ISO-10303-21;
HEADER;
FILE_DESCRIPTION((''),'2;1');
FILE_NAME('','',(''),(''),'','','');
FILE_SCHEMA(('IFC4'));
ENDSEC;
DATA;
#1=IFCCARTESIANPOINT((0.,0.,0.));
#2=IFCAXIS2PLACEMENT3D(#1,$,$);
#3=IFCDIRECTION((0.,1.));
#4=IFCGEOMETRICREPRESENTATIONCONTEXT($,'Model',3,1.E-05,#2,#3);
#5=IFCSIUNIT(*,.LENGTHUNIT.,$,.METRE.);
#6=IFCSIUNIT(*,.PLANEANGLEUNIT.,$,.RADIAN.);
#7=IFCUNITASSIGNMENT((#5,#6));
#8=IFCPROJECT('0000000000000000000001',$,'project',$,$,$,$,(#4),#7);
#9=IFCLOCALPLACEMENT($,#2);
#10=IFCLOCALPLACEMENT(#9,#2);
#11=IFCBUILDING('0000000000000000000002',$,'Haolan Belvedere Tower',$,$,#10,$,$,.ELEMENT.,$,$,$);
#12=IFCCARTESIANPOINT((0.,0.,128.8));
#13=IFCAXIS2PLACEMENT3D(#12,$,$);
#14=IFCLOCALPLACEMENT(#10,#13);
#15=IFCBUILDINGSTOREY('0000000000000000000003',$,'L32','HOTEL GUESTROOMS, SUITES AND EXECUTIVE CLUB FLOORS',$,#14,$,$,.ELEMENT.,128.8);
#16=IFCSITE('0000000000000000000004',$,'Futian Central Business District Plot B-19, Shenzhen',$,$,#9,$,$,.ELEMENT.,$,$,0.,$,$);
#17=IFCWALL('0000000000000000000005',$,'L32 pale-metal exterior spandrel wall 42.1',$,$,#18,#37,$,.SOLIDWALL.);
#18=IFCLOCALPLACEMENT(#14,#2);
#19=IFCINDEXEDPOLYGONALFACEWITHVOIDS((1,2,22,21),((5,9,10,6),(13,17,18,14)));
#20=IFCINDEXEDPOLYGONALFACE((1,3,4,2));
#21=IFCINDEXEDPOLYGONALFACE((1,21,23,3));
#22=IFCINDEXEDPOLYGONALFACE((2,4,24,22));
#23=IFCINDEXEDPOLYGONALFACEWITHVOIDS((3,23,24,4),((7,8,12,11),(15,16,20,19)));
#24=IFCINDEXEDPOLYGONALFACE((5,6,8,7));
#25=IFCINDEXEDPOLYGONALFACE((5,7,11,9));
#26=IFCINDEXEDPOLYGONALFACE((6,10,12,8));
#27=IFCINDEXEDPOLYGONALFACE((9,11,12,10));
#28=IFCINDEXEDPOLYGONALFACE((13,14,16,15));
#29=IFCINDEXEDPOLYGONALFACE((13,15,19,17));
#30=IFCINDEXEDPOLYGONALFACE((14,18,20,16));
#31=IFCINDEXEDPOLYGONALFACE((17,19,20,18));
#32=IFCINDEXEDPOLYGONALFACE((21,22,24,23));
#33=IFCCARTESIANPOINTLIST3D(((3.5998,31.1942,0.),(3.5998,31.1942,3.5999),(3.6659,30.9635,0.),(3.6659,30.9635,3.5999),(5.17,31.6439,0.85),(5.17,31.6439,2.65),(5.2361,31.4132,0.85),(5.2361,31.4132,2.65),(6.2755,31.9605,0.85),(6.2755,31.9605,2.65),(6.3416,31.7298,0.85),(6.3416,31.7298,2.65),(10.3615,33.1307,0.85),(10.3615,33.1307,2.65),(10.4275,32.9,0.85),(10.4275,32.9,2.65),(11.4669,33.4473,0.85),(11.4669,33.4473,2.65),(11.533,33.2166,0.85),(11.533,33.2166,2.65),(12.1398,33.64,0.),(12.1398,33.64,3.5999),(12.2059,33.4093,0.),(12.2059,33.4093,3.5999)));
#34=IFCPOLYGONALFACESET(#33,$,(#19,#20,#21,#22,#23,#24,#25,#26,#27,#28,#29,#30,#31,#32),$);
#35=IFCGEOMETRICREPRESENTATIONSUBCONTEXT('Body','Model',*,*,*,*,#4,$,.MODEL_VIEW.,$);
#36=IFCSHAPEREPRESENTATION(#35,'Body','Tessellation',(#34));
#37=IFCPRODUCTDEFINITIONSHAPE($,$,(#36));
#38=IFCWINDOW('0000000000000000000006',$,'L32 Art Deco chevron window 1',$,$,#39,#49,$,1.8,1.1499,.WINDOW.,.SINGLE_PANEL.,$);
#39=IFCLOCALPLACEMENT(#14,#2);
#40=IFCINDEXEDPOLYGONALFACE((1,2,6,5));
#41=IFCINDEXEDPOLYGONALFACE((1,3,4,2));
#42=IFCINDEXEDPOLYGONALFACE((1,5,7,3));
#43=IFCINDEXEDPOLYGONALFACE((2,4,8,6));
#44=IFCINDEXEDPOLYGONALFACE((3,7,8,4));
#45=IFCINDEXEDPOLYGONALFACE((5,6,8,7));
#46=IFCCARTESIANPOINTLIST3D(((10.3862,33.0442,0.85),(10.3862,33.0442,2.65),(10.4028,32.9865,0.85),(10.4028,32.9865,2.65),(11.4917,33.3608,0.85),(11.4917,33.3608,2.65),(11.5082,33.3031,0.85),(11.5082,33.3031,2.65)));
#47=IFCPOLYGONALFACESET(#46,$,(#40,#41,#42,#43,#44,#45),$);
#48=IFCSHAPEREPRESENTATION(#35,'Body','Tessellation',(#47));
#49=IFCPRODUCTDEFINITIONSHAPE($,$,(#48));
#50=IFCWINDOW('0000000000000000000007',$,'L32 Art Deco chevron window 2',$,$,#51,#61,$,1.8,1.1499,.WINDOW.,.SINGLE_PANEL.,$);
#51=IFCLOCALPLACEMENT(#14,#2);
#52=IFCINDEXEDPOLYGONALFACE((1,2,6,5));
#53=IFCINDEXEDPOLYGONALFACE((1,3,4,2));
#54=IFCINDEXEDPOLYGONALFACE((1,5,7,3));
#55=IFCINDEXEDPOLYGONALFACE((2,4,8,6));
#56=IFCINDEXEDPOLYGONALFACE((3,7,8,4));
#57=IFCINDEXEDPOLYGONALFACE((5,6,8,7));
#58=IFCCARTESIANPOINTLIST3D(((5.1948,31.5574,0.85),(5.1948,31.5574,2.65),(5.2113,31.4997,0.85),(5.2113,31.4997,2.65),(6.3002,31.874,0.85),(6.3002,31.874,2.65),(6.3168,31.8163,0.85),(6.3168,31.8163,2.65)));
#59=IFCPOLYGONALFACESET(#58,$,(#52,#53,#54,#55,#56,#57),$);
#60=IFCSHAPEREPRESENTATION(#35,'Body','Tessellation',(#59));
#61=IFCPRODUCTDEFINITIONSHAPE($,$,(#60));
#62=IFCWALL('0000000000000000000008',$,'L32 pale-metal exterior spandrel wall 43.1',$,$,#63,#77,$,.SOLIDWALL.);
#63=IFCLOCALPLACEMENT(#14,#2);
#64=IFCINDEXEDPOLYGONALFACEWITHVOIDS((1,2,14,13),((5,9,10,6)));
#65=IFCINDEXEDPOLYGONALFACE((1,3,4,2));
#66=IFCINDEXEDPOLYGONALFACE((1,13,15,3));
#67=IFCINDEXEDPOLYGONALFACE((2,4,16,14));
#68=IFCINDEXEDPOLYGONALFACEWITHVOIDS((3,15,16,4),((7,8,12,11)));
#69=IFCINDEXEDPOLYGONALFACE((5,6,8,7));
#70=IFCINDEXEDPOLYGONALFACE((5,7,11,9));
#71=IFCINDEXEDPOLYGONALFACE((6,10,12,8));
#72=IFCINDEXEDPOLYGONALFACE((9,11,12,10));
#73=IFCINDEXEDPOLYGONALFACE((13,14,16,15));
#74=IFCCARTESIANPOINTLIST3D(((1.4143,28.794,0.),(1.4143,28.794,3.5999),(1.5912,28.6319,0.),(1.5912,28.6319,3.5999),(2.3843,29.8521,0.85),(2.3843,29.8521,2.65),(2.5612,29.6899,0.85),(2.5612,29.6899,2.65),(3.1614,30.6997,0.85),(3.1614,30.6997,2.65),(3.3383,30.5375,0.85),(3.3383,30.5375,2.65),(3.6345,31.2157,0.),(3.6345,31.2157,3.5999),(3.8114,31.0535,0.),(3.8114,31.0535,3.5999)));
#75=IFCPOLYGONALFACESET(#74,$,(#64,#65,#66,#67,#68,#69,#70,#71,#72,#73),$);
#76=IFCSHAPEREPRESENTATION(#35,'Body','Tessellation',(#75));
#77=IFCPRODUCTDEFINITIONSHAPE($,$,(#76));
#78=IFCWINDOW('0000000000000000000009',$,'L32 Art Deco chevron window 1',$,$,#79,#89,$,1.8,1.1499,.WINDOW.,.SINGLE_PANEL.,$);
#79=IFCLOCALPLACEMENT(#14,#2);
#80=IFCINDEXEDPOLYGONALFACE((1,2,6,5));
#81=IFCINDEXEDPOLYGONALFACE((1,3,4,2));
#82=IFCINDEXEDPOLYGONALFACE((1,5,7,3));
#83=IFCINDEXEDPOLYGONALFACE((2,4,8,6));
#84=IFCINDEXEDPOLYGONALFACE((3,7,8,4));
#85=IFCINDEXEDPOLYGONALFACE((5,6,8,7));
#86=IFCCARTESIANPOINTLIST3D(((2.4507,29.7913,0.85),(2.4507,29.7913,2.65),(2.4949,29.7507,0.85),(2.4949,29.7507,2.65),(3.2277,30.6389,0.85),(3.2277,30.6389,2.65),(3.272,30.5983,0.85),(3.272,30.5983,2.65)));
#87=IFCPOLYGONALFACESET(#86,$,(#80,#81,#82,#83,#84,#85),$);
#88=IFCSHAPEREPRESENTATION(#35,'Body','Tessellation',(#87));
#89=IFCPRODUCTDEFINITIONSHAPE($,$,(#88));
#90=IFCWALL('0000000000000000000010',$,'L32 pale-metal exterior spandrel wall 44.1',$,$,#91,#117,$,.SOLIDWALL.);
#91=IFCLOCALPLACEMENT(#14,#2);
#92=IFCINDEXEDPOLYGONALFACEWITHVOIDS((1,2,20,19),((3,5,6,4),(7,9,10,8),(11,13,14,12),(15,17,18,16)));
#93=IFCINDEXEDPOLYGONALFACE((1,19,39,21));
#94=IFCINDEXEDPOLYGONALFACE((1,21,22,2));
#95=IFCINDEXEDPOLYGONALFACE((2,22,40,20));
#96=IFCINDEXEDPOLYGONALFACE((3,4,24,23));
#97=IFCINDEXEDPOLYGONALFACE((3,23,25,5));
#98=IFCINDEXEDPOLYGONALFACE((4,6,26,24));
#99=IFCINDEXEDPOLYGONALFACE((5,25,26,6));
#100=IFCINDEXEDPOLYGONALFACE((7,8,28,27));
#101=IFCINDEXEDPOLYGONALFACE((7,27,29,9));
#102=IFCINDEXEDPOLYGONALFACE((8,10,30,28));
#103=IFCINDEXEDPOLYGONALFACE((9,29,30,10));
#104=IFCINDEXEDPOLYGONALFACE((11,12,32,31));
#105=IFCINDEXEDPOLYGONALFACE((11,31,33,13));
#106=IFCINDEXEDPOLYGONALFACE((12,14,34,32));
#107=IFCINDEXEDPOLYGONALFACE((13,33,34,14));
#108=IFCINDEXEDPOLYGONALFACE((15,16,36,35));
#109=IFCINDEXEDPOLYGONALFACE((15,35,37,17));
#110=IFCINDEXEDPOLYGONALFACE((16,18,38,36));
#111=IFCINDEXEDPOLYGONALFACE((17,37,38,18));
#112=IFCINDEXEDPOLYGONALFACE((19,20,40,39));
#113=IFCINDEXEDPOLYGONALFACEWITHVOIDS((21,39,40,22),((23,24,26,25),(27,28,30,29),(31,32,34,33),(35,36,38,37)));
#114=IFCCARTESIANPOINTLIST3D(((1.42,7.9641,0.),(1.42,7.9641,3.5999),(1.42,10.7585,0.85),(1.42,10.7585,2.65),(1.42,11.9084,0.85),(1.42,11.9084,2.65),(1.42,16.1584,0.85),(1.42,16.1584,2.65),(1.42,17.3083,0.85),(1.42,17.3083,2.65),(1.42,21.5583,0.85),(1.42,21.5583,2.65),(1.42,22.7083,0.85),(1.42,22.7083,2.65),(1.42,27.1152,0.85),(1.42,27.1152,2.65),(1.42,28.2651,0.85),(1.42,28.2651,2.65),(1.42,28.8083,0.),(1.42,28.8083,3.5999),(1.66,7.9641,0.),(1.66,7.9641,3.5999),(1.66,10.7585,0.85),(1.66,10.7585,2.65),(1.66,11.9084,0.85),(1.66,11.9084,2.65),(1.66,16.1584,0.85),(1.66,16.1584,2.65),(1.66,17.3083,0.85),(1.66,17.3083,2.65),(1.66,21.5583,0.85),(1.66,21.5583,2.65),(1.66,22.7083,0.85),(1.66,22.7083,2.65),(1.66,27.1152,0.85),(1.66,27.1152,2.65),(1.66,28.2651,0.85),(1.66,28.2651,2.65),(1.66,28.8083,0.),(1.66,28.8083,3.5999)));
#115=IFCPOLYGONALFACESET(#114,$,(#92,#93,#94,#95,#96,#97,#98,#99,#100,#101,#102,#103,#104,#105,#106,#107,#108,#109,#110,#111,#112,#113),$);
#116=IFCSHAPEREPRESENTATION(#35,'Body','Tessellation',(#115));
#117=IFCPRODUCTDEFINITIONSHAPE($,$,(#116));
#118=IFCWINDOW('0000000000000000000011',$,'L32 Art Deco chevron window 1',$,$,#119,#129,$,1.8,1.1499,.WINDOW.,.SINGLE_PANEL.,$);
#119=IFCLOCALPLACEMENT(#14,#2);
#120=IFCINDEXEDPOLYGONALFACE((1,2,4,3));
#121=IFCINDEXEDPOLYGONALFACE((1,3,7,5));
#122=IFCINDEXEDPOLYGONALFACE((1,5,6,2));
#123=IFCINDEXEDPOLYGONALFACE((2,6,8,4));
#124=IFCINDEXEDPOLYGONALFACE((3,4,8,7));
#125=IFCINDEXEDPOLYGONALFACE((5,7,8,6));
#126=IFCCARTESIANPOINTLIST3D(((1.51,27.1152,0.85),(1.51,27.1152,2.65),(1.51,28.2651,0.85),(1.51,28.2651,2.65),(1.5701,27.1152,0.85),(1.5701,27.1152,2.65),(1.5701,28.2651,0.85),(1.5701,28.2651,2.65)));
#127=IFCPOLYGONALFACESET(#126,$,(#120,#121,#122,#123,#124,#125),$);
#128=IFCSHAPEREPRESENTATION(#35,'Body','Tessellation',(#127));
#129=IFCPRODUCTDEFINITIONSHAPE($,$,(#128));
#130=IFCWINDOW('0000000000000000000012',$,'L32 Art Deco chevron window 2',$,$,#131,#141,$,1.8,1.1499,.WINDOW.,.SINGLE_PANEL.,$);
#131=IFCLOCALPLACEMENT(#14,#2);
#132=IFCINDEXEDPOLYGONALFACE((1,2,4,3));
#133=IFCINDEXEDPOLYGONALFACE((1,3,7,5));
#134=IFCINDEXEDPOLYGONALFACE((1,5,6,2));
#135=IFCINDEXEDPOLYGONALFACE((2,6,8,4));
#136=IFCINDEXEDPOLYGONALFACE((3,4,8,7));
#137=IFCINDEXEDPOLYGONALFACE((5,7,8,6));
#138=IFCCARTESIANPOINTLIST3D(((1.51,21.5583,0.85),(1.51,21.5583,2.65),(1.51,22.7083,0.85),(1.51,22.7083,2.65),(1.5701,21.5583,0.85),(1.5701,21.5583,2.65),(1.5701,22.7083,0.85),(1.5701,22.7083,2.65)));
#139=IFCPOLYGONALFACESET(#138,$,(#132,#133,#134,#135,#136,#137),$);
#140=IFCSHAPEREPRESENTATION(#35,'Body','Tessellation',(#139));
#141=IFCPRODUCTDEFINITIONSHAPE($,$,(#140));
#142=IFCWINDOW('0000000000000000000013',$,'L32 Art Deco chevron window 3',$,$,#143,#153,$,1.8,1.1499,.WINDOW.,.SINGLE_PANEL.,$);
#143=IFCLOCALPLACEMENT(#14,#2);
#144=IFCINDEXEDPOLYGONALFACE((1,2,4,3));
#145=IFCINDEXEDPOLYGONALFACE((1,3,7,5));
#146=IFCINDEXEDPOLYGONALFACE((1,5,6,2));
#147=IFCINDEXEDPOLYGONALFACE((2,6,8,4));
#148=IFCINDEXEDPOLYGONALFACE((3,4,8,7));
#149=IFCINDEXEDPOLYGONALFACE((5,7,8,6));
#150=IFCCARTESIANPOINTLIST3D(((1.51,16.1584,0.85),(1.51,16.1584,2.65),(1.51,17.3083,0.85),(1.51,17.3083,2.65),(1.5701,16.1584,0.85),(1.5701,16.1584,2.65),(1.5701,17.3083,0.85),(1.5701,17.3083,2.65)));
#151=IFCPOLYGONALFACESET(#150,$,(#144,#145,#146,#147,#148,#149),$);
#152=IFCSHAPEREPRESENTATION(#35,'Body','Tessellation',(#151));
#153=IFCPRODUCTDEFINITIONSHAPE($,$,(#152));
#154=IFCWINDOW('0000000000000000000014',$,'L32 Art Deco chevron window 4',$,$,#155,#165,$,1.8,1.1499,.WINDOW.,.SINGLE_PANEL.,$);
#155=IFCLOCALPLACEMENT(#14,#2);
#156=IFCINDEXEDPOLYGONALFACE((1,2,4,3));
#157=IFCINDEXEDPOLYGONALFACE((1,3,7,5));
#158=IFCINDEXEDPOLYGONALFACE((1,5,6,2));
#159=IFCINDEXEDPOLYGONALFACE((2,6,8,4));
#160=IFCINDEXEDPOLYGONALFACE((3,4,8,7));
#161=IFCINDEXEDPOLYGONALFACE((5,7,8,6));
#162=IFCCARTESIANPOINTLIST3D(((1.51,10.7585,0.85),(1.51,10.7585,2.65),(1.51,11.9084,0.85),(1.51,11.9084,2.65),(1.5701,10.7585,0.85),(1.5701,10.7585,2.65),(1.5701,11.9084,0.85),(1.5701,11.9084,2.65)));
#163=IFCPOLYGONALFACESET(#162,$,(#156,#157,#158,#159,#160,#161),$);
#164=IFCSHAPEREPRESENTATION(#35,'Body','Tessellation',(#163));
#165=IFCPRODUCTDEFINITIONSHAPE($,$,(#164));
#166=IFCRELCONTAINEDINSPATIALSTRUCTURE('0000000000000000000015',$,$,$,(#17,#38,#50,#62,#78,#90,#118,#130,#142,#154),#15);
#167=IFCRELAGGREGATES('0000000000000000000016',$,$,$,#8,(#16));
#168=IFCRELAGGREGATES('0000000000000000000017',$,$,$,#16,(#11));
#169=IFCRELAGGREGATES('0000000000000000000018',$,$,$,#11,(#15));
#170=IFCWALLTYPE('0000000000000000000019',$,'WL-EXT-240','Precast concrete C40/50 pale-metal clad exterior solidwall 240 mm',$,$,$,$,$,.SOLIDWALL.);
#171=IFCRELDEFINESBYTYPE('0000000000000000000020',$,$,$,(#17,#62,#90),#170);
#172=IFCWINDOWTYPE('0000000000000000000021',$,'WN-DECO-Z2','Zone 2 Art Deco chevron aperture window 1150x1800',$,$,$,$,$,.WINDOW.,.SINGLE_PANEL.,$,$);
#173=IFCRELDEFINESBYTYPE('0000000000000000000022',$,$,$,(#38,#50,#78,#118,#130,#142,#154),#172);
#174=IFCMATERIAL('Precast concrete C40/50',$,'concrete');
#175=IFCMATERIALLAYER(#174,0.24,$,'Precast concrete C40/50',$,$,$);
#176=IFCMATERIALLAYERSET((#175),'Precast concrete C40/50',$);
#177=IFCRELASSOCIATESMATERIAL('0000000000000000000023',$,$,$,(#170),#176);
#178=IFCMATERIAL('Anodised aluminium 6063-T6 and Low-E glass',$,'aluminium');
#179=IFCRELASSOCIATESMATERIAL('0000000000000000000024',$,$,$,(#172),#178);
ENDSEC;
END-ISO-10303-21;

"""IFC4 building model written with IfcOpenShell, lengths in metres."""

from ifc_helpers import new_model, si_unit, direction, frame, frame_2d, origin, place, context, subcontext, project, spatial, rectangle, extrude, material, layer, layer_set, type_object, element, fill, save


model = new_model("IFC4")

# Units and contexts
model_context = context("Model", 3, precision=1e-05, world=origin(), true_north=direction((0.0, 1.0)))
body_context = subcontext(model_context, "Body", "Model", "MODEL_VIEW")
ifc_project = project(units=[si_unit("LENGTHUNIT", "METRE"), si_unit("PLANEANGLEUNIT", "RADIAN")], contexts=[model_context])

# Site, building, storey
site_placement = place(None, origin())
site = spatial("IfcSite", under=ifc_project, at=site_placement, Name="Futian Central Business District Plot B-19, Shenzhen", CompositionType="ELEMENT", RefElevation=0.0)
building_placement = place(site_placement, origin())
building = spatial("IfcBuilding", under=site, at=building_placement, Name="Haolan Belvedere Tower", CompositionType="ELEMENT")
storey_placement = place(building_placement, frame((0.0, 0.0, 128.8)))
storey = spatial("IfcBuildingStorey", under=building, at=storey_placement, Name="L32", Description="HOTEL GUESTROOMS, SUITES AND EXECUTIVE CLUB FLOORS", CompositionType="ELEMENT", Elevation=128.8)

# Shared definitions
ifc_material_1 = material(Name="Precast concrete C40/50", Category="concrete")
ifc_layer_1 = layer(ifc_material_1, 0.24, Name="Precast concrete C40/50")
ifc_layer_set_1 = layer_set([ifc_layer_1], Name="Precast concrete C40/50")
wall_type_1 = type_object("IfcWallType", Name="WL-EXT-240", Description="Precast concrete C40/50 pale-metal clad exterior solidwall 240 mm", PredefinedType="SOLIDWALL", material=ifc_layer_set_1)
ifc_material_2 = material(Name="Anodised aluminium 6063-T6 and Low-E glass", Category="aluminium")
window_type = type_object("IfcWindowType", Name="WN-DECO-Z2", Description="Zone 2 Art Deco chevron aperture window 1150x1800", PartitioningType="SINGLE_PANEL", PredefinedType="WINDOW", material=ifc_material_2)

# Wall, openings, windows
wall_1_placement = place(storey_placement, frame((12.1729, 33.5247, 0.0), z_axis=(0.0, 0.0, 1.0), x_axis=(-0.961352, -0.275324, 0.0)))
wall_1 = element("IfcWall", 1, at=wall_1_placement, inside=storey, type_object=wall_type_1, Name="L32 pale-metal exterior spandrel wall 42.1", PredefinedType="SOLIDWALL", context=body_context, shape_type="SweptSolid", body=[
    extrude(rectangle(XDim=8.8833, YDim=0.24, at=frame_2d((4.4417, 0.0))), origin(), (0.0, 0.0, 1.0), 3.5999),
])
opening_1_placement = place(wall_1_placement, frame((0.7, 0.0, 0.8501)))
opening_1 = element("IfcOpeningElement", 2, at=opening_1_placement, cuts=wall_1, PredefinedType="OPENING", context=body_context, shape_type="SweptSolid", body=[
    extrude(rectangle(XDim=1.1499, YDim=1.8, at=frame_2d((0.575, 0.8999))), frame((0.0, 0.1299, 0.0), z_axis=(0.0, -1.0, 0.0), x_axis=(1.0, 0.0, 0.0)), (0.0, 0.0, 1.0), 0.26),
])
opening_2_placement = place(wall_1_placement, frame((6.1001, 0.0, 0.8501)))
opening_2 = element("IfcOpeningElement", 3, at=opening_2_placement, cuts=wall_1, PredefinedType="OPENING", context=body_context, shape_type="SweptSolid", body=[
    extrude(rectangle(XDim=1.1499, YDim=1.8, at=frame_2d((0.575, 0.8999))), frame((0.0, 0.1299, 0.0), z_axis=(0.0, -1.0, 0.0), x_axis=(1.0, 0.0, 0.0)), (0.0, 0.0, 1.0), 0.26),
])
window_1_placement = place(opening_1_placement, origin())
window_1 = element("IfcWindow", 4, at=window_1_placement, inside=storey, type_object=window_type, Name="L32 Art Deco chevron window 1", OverallHeight=1.8, OverallWidth=1.1499, PartitioningType="SINGLE_PANEL", PredefinedType="WINDOW", context=body_context, shape_type="SweptSolid", body=[
    extrude(rectangle(XDim=1.1499, YDim=1.8, at=frame_2d((0.575, 0.8999))), frame((0.0, 0.03, 0.0), z_axis=(0.0, -1.0, 0.0), x_axis=(1.0, 0.0, 0.0)), (0.0, 0.0, 1.0), 0.0601),
])
fill(opening_1, window_1)
window_2_placement = place(opening_2_placement, origin())
window_2 = element("IfcWindow", 5, at=window_2_placement, inside=storey, type_object=window_type, Name="L32 Art Deco chevron window 2", OverallHeight=1.8, OverallWidth=1.1499, PartitioningType="SINGLE_PANEL", PredefinedType="WINDOW", context=body_context, shape_type="SweptSolid", body=[
    extrude(rectangle(XDim=1.1499, YDim=1.8, at=frame_2d((0.575, 0.8999))), frame((0.0, 0.03, 0.0), z_axis=(0.0, -1.0, 0.0), x_axis=(1.0, 0.0, 0.0)), (0.0, 0.0, 1.0), 0.0601),
])
fill(opening_2, window_2)

# Wall, opening, window
wall_2_placement = place(storey_placement, frame((3.7229, 31.1345, 0.0), z_axis=(0.0, 0.0, 1.0), x_axis=(-0.675789, -0.737096, 0.0)))
wall_2 = element("IfcWall", 6, at=wall_2_placement, inside=storey, type_object=wall_type_1, Name="L32 pale-metal exterior spandrel wall 43.1", PredefinedType="SOLIDWALL", context=body_context, shape_type="SweptSolid", body=[
    extrude(rectangle(XDim=3.2854, YDim=0.24, at=frame_2d((1.6426, 0.0))), origin(), (0.0, 0.0, 1.0), 3.5999),
])
opening_3_placement = place(wall_2_placement, frame((0.7, 0.0, 0.8501)))
opening_3 = element("IfcOpeningElement", 7, at=opening_3_placement, cuts=wall_2, PredefinedType="OPENING", context=body_context, shape_type="SweptSolid", body=[
    extrude(rectangle(XDim=1.1499, YDim=1.8, at=frame_2d((0.575, 0.8999))), frame((0.0, 0.1299, 0.0), z_axis=(0.0, -1.0, 0.0), x_axis=(1.0, 0.0, 0.0)), (0.0, 0.0, 1.0), 0.26),
])
window_3_placement = place(opening_3_placement, origin())
window_3 = element("IfcWindow", 8, at=window_3_placement, inside=storey, type_object=window_type, Name="L32 Art Deco chevron window 1", OverallHeight=1.8, OverallWidth=1.1499, PartitioningType="SINGLE_PANEL", PredefinedType="WINDOW", context=body_context, shape_type="SweptSolid", body=[
    extrude(rectangle(XDim=1.1499, YDim=1.8, at=frame_2d((0.575, 0.8999))), frame((0.0, 0.03, 0.0), z_axis=(0.0, -1.0, 0.0), x_axis=(1.0, 0.0, 0.0)), (0.0, 0.0, 1.0), 0.0601),
])
fill(opening_3, window_3)

# Wall, openings, windows
wall_3_placement = place(storey_placement, frame((1.54, 28.8083, 0.0), z_axis=(0.0, 0.0, 1.0), x_axis=(0.0, -1.0, 0.0)))
wall_3 = element("IfcWall", 9, at=wall_3_placement, inside=storey, type_object=wall_type_1, Name="L32 pale-metal exterior spandrel wall 44.1", PredefinedType="SOLIDWALL", context=body_context, shape_type="SweptSolid", body=[
    extrude(rectangle(XDim=20.8442, YDim=0.24, at=frame_2d((10.4221, 0.0))), origin(), (0.0, 0.0, 1.0), 3.5999),
])
opening_4_placement = place(wall_3_placement, frame((0.5432, 0.0, 0.8501)))
opening_4 = element("IfcOpeningElement", 10, at=opening_4_placement, cuts=wall_3, PredefinedType="OPENING", context=body_context, shape_type="SweptSolid", body=[
    extrude(rectangle(XDim=1.1499, YDim=1.8, at=frame_2d((0.575, 0.8999))), frame((0.0, 0.1299, 0.0), z_axis=(0.0, -1.0, 0.0), x_axis=(1.0, 0.0, 0.0)), (0.0, 0.0, 1.0), 0.26),
])
opening_5_placement = place(wall_3_placement, frame((6.1001, 0.0, 0.8501)))
opening_5 = element("IfcOpeningElement", 11, at=opening_5_placement, cuts=wall_3, PredefinedType="OPENING", context=body_context, shape_type="SweptSolid", body=[
    extrude(rectangle(XDim=1.1499, YDim=1.8, at=frame_2d((0.575, 0.8999))), frame((0.0, 0.1299, 0.0), z_axis=(0.0, -1.0, 0.0), x_axis=(1.0, 0.0, 0.0)), (0.0, 0.0, 1.0), 0.26),
])
opening_6_placement = place(wall_3_placement, frame((11.5, 0.0, 0.8501)))
opening_6 = element("IfcOpeningElement", 12, at=opening_6_placement, cuts=wall_3, PredefinedType="OPENING", context=body_context, shape_type="SweptSolid", body=[
    extrude(rectangle(XDim=1.1499, YDim=1.8, at=frame_2d((0.575, 0.8999))), frame((0.0, 0.1299, 0.0), z_axis=(0.0, -1.0, 0.0), x_axis=(1.0, 0.0, 0.0)), (0.0, 0.0, 1.0), 0.26),
])
opening_7_placement = place(wall_3_placement, frame((16.8999, 0.0, 0.8501)))
opening_7 = element("IfcOpeningElement", 13, at=opening_7_placement, cuts=wall_3, PredefinedType="OPENING", context=body_context, shape_type="SweptSolid", body=[
    extrude(rectangle(XDim=1.1499, YDim=1.8, at=frame_2d((0.575, 0.8999))), frame((0.0, 0.1299, 0.0), z_axis=(0.0, -1.0, 0.0), x_axis=(1.0, 0.0, 0.0)), (0.0, 0.0, 1.0), 0.26),
])
window_4_placement = place(opening_4_placement, origin())
window_4 = element("IfcWindow", 14, at=window_4_placement, inside=storey, type_object=window_type, Name="L32 Art Deco chevron window 1", OverallHeight=1.8, OverallWidth=1.1499, PartitioningType="SINGLE_PANEL", PredefinedType="WINDOW", context=body_context, shape_type="SweptSolid", body=[
    extrude(rectangle(XDim=1.1499, YDim=1.8, at=frame_2d((0.575, 0.8999))), frame((0.0, 0.03, 0.0), z_axis=(0.0, -1.0, 0.0), x_axis=(1.0, 0.0, 0.0)), (0.0, 0.0, 1.0), 0.0601),
])
fill(opening_4, window_4)
window_5_placement = place(opening_5_placement, origin())
window_5 = element("IfcWindow", 15, at=window_5_placement, inside=storey, type_object=window_type, Name="L32 Art Deco chevron window 2", OverallHeight=1.8, OverallWidth=1.1499, PartitioningType="SINGLE_PANEL", PredefinedType="WINDOW", context=body_context, shape_type="SweptSolid", body=[
    extrude(rectangle(XDim=1.1499, YDim=1.8, at=frame_2d((0.575, 0.8999))), frame((0.0, 0.03, 0.0), z_axis=(0.0, -1.0, 0.0), x_axis=(1.0, 0.0, 0.0)), (0.0, 0.0, 1.0), 0.0601),
])
fill(opening_5, window_5)
window_6_placement = place(opening_6_placement, origin())
window_6 = element("IfcWindow", 16, at=window_6_placement, inside=storey, type_object=window_type, Name="L32 Art Deco chevron window 3", OverallHeight=1.8, OverallWidth=1.1499, PartitioningType="SINGLE_PANEL", PredefinedType="WINDOW", context=body_context, shape_type="SweptSolid", body=[
    extrude(rectangle(XDim=1.1499, YDim=1.8, at=frame_2d((0.575, 0.8999))), frame((0.0, 0.03, 0.0), z_axis=(0.0, -1.0, 0.0), x_axis=(1.0, 0.0, 0.0)), (0.0, 0.0, 1.0), 0.0601),
])
fill(opening_6, window_6)
window_7_placement = place(opening_7_placement, origin())
window_7 = element("IfcWindow", 17, at=window_7_placement, inside=storey, type_object=window_type, Name="L32 Art Deco chevron window 4", OverallHeight=1.8, OverallWidth=1.1499, PartitioningType="SINGLE_PANEL", PredefinedType="WINDOW", context=body_context, shape_type="SweptSolid", body=[
    extrude(rectangle(XDim=1.1499, YDim=1.8, at=frame_2d((0.575, 0.8999))), frame((0.0, 0.03, 0.0), z_axis=(0.0, -1.0, 0.0), x_axis=(1.0, 0.0, 0.0)), (0.0, 0.0, 1.0), 0.0601),
])
fill(opening_7, window_7)

save(model, "model.ifc")
